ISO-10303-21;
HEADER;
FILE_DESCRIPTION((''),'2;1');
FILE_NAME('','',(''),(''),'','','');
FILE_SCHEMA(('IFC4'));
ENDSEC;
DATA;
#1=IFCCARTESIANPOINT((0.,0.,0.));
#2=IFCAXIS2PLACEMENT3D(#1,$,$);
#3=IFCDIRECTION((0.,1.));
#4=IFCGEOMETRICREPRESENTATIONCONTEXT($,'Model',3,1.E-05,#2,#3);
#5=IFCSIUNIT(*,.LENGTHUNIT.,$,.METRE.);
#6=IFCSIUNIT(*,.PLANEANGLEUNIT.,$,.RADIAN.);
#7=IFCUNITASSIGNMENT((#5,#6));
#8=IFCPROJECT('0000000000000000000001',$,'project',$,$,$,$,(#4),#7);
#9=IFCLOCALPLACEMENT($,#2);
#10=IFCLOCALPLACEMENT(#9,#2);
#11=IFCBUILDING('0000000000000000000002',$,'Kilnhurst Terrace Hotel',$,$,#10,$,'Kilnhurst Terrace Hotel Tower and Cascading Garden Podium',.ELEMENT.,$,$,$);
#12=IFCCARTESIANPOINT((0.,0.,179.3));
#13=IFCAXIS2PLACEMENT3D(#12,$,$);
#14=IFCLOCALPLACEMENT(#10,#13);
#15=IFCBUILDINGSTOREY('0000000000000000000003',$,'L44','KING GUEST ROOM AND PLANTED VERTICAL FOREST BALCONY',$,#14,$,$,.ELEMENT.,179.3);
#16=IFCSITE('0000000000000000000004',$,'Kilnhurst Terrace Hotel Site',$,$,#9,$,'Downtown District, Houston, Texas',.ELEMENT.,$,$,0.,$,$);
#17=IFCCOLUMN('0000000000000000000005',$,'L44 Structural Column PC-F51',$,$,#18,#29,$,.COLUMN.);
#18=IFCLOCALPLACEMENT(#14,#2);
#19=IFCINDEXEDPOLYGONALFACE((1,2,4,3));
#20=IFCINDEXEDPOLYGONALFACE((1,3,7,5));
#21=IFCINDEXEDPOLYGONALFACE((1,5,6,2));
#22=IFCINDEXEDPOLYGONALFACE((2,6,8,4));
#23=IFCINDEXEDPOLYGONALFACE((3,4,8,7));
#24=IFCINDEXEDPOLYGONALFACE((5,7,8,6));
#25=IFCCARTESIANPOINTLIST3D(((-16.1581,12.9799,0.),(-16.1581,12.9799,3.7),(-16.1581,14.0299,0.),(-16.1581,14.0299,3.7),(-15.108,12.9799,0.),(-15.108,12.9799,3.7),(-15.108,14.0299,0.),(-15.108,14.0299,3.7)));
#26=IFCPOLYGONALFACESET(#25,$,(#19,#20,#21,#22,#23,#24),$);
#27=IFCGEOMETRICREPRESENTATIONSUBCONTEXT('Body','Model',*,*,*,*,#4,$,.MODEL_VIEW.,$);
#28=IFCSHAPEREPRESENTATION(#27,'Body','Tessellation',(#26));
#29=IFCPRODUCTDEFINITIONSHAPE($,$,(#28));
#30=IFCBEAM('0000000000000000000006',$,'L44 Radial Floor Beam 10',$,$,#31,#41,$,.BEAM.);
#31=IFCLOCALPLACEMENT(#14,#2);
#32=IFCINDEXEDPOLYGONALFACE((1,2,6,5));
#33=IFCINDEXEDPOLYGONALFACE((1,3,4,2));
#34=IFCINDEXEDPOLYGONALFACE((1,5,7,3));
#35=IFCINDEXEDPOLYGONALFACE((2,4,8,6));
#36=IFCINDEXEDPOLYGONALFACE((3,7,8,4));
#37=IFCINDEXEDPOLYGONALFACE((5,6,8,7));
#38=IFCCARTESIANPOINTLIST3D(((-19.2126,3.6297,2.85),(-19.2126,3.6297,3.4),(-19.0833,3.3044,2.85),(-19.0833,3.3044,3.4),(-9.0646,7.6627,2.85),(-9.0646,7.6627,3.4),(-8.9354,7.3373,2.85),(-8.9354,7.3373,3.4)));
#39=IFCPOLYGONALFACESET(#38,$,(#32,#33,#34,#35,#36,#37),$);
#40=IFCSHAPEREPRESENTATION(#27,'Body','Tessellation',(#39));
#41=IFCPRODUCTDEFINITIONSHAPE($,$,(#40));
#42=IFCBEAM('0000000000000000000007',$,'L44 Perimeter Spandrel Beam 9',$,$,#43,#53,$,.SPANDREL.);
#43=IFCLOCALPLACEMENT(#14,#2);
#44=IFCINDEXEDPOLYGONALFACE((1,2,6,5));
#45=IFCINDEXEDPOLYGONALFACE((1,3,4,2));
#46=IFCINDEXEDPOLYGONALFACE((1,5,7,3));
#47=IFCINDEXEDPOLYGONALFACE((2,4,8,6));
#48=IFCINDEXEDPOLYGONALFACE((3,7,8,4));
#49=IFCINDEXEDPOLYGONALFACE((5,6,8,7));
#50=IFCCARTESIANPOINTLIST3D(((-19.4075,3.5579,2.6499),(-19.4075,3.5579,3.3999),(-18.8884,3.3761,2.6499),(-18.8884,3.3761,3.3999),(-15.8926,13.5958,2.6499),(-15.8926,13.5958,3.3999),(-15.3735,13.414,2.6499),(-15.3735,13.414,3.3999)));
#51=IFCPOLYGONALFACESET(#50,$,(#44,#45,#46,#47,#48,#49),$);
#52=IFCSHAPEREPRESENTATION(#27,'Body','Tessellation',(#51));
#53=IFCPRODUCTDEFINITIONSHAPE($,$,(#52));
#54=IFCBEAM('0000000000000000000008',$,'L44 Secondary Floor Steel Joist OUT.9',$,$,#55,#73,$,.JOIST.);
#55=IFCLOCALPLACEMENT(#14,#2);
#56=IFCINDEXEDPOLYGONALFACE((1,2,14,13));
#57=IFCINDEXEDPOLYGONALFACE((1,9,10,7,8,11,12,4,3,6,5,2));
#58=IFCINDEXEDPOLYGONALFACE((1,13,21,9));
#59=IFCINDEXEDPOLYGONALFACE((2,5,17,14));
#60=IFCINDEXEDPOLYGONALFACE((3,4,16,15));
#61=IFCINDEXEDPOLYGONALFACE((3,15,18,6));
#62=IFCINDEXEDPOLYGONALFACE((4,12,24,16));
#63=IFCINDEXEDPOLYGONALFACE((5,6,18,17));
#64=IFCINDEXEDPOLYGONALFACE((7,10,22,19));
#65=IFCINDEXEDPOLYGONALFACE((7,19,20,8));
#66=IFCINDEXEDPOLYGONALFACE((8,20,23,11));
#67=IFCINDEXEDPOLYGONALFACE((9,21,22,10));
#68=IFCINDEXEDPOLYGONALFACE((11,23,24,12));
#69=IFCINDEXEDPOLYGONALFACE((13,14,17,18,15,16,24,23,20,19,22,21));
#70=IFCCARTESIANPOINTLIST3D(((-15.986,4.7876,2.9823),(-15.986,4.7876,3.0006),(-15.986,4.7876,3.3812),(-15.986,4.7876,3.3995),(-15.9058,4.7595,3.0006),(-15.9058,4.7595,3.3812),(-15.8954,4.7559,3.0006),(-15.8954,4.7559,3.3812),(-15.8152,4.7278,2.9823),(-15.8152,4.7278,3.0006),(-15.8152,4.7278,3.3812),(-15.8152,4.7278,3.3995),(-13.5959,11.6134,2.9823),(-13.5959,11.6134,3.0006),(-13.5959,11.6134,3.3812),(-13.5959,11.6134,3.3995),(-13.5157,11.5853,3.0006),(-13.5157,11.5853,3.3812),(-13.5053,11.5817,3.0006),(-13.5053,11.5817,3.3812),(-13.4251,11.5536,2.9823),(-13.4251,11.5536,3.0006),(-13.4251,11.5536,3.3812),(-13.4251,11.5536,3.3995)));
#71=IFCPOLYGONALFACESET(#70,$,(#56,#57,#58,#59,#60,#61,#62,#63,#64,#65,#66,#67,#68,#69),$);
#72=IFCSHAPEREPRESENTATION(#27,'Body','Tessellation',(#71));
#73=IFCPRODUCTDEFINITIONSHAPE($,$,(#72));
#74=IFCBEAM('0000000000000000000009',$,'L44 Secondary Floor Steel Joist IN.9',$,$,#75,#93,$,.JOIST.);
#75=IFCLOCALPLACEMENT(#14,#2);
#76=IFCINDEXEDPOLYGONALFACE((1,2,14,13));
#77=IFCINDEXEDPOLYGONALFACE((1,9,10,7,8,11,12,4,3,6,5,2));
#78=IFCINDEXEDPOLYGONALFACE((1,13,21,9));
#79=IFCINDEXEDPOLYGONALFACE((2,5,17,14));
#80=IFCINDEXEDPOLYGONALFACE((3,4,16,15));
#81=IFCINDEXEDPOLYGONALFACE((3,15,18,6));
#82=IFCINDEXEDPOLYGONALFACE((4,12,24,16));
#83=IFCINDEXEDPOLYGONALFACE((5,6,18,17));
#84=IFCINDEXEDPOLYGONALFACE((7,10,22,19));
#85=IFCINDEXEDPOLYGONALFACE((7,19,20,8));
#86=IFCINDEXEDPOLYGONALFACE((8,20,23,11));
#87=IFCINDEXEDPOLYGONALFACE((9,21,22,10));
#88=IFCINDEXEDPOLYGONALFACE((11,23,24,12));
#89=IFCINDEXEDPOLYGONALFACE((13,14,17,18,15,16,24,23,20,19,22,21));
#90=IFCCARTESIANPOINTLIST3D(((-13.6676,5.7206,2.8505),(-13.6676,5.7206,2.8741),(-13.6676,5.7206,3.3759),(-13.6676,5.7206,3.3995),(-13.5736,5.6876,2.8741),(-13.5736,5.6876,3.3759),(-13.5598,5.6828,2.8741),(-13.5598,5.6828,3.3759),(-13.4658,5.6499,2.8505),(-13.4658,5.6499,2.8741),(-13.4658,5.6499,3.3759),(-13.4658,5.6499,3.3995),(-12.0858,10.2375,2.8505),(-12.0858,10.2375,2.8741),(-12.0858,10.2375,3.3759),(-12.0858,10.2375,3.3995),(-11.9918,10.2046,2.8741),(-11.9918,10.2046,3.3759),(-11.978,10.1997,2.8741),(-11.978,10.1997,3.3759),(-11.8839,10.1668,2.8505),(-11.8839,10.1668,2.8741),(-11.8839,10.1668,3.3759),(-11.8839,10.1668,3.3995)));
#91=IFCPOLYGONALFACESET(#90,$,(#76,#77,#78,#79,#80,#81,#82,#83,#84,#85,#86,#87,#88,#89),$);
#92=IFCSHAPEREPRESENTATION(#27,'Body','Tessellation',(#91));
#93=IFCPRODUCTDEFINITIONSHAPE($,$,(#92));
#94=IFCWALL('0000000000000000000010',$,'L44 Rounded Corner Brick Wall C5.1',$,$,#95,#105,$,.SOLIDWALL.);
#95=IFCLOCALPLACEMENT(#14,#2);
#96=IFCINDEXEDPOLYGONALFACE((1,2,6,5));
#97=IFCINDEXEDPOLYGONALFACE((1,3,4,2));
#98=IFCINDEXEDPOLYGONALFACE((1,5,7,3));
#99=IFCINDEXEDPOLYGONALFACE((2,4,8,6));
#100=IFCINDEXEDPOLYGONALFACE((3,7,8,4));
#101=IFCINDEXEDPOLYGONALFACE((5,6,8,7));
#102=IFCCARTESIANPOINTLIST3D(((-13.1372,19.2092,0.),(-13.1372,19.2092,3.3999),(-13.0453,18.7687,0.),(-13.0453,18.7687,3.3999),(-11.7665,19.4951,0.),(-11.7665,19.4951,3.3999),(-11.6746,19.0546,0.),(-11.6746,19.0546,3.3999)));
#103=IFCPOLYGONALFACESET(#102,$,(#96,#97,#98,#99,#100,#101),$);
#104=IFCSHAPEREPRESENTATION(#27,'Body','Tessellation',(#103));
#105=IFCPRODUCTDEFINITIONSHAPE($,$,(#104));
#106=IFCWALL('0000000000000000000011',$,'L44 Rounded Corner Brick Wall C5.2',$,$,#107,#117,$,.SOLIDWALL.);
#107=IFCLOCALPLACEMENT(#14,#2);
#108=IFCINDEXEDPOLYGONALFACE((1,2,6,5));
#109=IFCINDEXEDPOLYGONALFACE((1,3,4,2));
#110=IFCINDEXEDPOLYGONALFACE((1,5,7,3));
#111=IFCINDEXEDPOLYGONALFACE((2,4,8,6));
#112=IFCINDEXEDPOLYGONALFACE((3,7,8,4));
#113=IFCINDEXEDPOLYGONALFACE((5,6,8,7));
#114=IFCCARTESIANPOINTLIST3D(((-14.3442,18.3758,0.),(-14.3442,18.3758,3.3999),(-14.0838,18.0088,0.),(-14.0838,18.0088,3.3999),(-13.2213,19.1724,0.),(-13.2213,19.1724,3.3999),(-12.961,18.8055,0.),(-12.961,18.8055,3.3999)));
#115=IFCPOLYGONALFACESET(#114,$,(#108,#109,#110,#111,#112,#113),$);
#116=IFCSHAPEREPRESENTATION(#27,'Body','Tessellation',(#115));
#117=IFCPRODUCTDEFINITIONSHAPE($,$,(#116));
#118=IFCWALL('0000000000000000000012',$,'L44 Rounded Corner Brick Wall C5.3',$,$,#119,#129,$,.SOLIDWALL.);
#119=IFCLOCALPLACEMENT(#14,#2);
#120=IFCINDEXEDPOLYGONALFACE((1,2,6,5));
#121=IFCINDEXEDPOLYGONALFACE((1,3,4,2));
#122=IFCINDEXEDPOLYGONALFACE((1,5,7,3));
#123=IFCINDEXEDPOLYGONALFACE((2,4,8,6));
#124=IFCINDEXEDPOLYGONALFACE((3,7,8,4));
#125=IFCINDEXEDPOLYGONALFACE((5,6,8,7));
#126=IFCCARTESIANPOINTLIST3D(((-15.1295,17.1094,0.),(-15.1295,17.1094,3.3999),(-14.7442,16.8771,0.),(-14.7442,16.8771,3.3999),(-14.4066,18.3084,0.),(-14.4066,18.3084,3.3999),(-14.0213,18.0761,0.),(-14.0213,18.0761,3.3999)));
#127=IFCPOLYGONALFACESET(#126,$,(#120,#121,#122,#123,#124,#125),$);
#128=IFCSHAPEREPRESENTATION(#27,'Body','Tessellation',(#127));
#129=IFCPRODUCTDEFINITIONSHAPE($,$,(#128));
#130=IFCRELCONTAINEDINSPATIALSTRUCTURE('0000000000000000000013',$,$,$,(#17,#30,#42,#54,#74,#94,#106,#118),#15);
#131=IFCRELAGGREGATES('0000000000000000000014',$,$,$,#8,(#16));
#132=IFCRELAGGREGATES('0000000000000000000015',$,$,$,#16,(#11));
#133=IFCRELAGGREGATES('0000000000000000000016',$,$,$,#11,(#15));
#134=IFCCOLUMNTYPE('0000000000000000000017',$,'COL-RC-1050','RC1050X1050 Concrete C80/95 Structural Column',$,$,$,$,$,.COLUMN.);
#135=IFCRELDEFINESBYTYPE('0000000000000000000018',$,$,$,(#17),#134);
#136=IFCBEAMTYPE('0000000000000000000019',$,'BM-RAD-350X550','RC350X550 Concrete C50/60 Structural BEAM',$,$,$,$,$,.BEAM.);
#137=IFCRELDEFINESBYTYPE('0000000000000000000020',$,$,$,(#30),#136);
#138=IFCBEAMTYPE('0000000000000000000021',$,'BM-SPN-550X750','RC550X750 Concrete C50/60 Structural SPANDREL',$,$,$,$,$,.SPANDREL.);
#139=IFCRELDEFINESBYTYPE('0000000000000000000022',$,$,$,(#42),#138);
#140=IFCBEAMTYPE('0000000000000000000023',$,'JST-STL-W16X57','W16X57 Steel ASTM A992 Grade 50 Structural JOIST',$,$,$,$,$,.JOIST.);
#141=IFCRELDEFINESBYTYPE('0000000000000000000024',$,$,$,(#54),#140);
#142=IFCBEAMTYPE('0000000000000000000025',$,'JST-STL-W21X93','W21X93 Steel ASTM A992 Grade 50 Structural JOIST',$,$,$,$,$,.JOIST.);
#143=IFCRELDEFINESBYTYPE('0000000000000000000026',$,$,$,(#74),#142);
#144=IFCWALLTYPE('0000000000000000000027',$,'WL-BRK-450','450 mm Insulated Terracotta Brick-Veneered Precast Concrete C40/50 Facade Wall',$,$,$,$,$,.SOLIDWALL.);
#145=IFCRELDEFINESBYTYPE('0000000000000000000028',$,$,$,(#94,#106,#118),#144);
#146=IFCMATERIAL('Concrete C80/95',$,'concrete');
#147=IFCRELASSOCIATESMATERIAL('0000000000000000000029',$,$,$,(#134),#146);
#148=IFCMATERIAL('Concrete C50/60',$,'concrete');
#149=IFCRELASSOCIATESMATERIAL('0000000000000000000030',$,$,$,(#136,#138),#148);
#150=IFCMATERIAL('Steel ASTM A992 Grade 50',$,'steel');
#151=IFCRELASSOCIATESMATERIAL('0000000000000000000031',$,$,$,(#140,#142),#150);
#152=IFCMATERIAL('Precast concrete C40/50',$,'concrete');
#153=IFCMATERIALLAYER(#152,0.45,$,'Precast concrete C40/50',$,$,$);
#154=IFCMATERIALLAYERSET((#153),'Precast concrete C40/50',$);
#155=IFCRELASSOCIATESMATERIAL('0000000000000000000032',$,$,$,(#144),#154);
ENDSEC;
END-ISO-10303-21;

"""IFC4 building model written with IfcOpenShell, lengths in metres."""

from ifc_helpers import new_model, si_unit, direction, frame, frame_2d, origin, origin_2d, place, context, subcontext, project, spatial, rectangle, i_section, extrude, material, layer, layer_set, material_profile, profile_set, type_object, element, save


model = new_model("IFC4")

# Units and contexts
model_context = context("Model", 3, precision=1e-05, world=origin(), true_north=direction((0.0, 1.0)))
body_context = subcontext(model_context, "Body", "Model", "MODEL_VIEW")
ifc_project = project(units=[si_unit("LENGTHUNIT", "METRE"), si_unit("PLANEANGLEUNIT", "RADIAN")], contexts=[model_context])

# Site, building, storey
site_placement = place(None, origin())
site = spatial("IfcSite", under=ifc_project, at=site_placement, Name="Kilnhurst Terrace Hotel Site", LongName="Downtown District, Houston, Texas", CompositionType="ELEMENT", RefElevation=0.0)
building_placement = place(site_placement, origin())
building = spatial("IfcBuilding", under=site, at=building_placement, Name="Kilnhurst Terrace Hotel", LongName="Kilnhurst Terrace Hotel Tower and Cascading Garden Podium", CompositionType="ELEMENT")
storey_placement = place(building_placement, frame((0.0, 0.0, 179.3)))
storey = spatial("IfcBuildingStorey", under=building, at=storey_placement, Name="L44", Description="KING GUEST ROOM AND PLANTED VERTICAL FOREST BALCONY", CompositionType="ELEMENT", Elevation=179.3)

# Column
ifc_material_1 = material(Name="Concrete C80/95", Category="concrete")
ifc_material_profile_1 = material_profile(ifc_material_1, rectangle(XDim=1.05, YDim=1.05, at=origin_2d()), Name="RC1050X1050")
ifc_profile_set_1 = profile_set([ifc_material_profile_1], Name="Concrete C80/95")
column_type = type_object("IfcColumnType", Name="COL-RC-1050", Description="RC1050X1050 Concrete C80/95 Structural Column", PredefinedType="COLUMN", material=ifc_profile_set_1)
column_placement = place(storey_placement, frame((-15.6331, 13.5049, 0.0), z_axis=(0.0, 0.0, 1.0), x_axis=(1.0, 0.0, 0.0)))
element("IfcColumn", 1, at=column_placement, inside=storey, type_object=column_type, Name="L44 Structural Column PC-F51", PredefinedType="COLUMN", context=body_context, shape_type="SweptSolid", body=[
    extrude(rectangle(XDim=1.05, YDim=1.05, at=origin_2d()), origin(), (0.0, 0.0, 1.0), 3.7),
])

# Beams
ifc_material_2 = material(Name="Concrete C50/60", Category="concrete")
ifc_material_profile_2 = material_profile(ifc_material_2, rectangle(XDim=0.3501, YDim=0.55, at=origin_2d()), Name="RC350X550")
ifc_profile_set_2 = profile_set([ifc_material_profile_2], Name="Concrete C50/60")
beam_type_1 = type_object("IfcBeamType", Name="BM-RAD-350X550", Description="RC350X550 Concrete C50/60 Structural BEAM", PredefinedType="BEAM", material=ifc_profile_set_2)
beam_1_placement = place(storey_placement, frame((-9.0, 7.5, 3.125), z_axis=(-0.929302, -0.36932, 0.0), x_axis=(0.36932, -0.929302, 0.0)))
element("IfcBeam", 2, at=beam_1_placement, inside=storey, type_object=beam_type_1, Name="L44 Radial Floor Beam 10", PredefinedType="BEAM", context=body_context, shape_type="SweptSolid", body=[
    extrude(rectangle(XDim=0.3501, YDim=0.55, at=origin_2d()), origin(), (0.0, 0.0, 1.0), 10.9199),
])
ifc_material_profile_3 = material_profile(ifc_material_2, rectangle(XDim=0.55, YDim=0.75, at=origin_2d()), Name="RC550X750")
ifc_profile_set_3 = profile_set([ifc_material_profile_3], Name="Concrete C50/60")
beam_type_2 = type_object("IfcBeamType", Name="BM-SPN-550X750", Description="RC550X750 Concrete C50/60 Structural SPANDREL", PredefinedType="SPANDREL", material=ifc_profile_set_3)
beam_2_placement = place(storey_placement, frame((-15.6331, 13.5049, 3.0249), z_axis=(-0.330488, -0.94381, 0.0), x_axis=(0.94381, -0.330488, 0.0)))
element("IfcBeam", 3, at=beam_2_placement, inside=storey, type_object=beam_type_2, Name="L44 Perimeter Spandrel Beam 9", PredefinedType="SPANDREL", context=body_context, shape_type="SweptSolid", body=[
    extrude(rectangle(XDim=0.55, YDim=0.75, at=origin_2d()), origin(), (0.0, 0.0, 1.0), 10.6355),
])
ifc_material_3 = material(Name="Steel ASTM A992 Grade 50", Category="steel")
ifc_material_profile_4 = material_profile(ifc_material_3, i_section(OverallWidth=0.1809, OverallDepth=0.4172, WebThickness=0.011, FlangeThickness=0.0183, at=origin_2d()), Name="W16X57")
ifc_profile_set_4 = profile_set([ifc_material_profile_4], Name="Steel ASTM A992 Grade 50")
beam_type_3 = type_object("IfcBeamType", Name="JST-STL-W16X57", Description="W16X57 Steel ASTM A992 Grade 50 Structural JOIST", PredefinedType="JOIST", material=ifc_profile_set_4)
beam_3_placement = place(storey_placement, frame((-13.5105, 11.5835, 3.1909), z_axis=(-0.330481, -0.943813, 0.0), x_axis=(0.943813, -0.330481, 0.0)))
element("IfcBeam", 4, at=beam_3_placement, inside=storey, type_object=beam_type_3, Name="L44 Secondary Floor Steel Joist OUT.9", PredefinedType="JOIST", context=body_context, shape_type="SweptSolid", body=[
    extrude(i_section(OverallWidth=0.1809, OverallDepth=0.4172, WebThickness=0.011, FlangeThickness=0.0183, at=origin_2d()), origin(), (0.0, 0.0, 1.0), 7.2322),
])
ifc_material_profile_5 = material_profile(ifc_material_3, i_section(OverallWidth=0.2139, OverallDepth=0.5491, WebThickness=0.0146, FlangeThickness=0.0237, at=origin_2d()), Name="W21X93")
ifc_profile_set_5 = profile_set([ifc_material_profile_5], Name="Steel ASTM A992 Grade 50")
beam_type_4 = type_object("IfcBeamType", Name="JST-STL-W21X93", Description="W21X93 Steel ASTM A992 Grade 50 Structural JOIST", PredefinedType="JOIST", material=ifc_profile_set_5)
beam_4_placement = place(storey_placement, frame((-11.9849, 10.2021, 3.125), z_axis=(-0.330516, -0.9438, 0.0), x_axis=(0.9438, -0.330516, 0.0)))
element("IfcBeam", 5, at=beam_4_placement, inside=storey, type_object=beam_type_4, Name="L44 Secondary Floor Steel Joist IN.9", PredefinedType="JOIST", context=body_context, shape_type="SweptSolid", body=[
    extrude(i_section(OverallWidth=0.2139, OverallDepth=0.5491, WebThickness=0.0146, FlangeThickness=0.0237, at=origin_2d()), origin(), (0.0, 0.0, 1.0), 4.7859),
])

# Walls
ifc_material_4 = material(Name="Precast concrete C40/50", Category="concrete")
ifc_layer_1 = layer(ifc_material_4, 0.45, Name="Precast concrete C40/50")
ifc_layer_set_1 = layer_set([ifc_layer_1], Name="Precast concrete C40/50")
wall_type_1 = type_object("IfcWallType", Name="WL-BRK-450", Description="450 mm Insulated Terracotta Brick-Veneered Precast Concrete C40/50 Facade Wall", PredefinedType="SOLIDWALL", material=ifc_layer_set_1)
wall_1_placement = place(storey_placement, frame((-11.7205, 19.2749, 0.0), z_axis=(0.0, 0.0, 1.0), x_axis=(-0.978931, -0.204191, 0.0)))
element("IfcWall", 6, at=wall_1_placement, inside=storey, type_object=wall_type_1, Name="L44 Rounded Corner Brick Wall C5.1", PredefinedType="SOLIDWALL", context=body_context, shape_type="SweptSolid", body=[
    extrude(rectangle(XDim=1.4001, YDim=0.45, at=frame_2d((0.7002, 0.0))), origin(), (0.0, 0.0, 1.0), 3.3999),
])
wall_2_placement = place(storey_placement, frame((-13.0911, 18.989, 0.0), z_axis=(0.0, 0.0, 1.0), x_axis=(-0.815575, -0.578652, 0.0)))
element("IfcWall", 7, at=wall_2_placement, inside=storey, type_object=wall_type_1, Name="L44 Rounded Corner Brick Wall C5.2", PredefinedType="SOLIDWALL", context=body_context, shape_type="SweptSolid", body=[
    extrude(rectangle(XDim=1.3767, YDim=0.45, at=frame_2d((0.6885, 0.0))), origin(), (0.0, 0.0, 1.0), 3.3999),
])
wall_3_placement = place(storey_placement, frame((-14.2139, 18.1924, 0.0), z_axis=(0.0, 0.0, 1.0), x_axis=(-0.516341, -0.856383, 0.0)))
element("IfcWall", 8, at=wall_3_placement, inside=storey, type_object=wall_type_1, Name="L44 Rounded Corner Brick Wall C5.3", PredefinedType="SOLIDWALL", context=body_context, shape_type="SweptSolid", body=[
    extrude(rectangle(XDim=1.4001, YDim=0.45, at=frame_2d((0.7002, 0.0))), origin(), (0.0, 0.0, 1.0), 3.3999),
])

save(model, "model.ifc")
